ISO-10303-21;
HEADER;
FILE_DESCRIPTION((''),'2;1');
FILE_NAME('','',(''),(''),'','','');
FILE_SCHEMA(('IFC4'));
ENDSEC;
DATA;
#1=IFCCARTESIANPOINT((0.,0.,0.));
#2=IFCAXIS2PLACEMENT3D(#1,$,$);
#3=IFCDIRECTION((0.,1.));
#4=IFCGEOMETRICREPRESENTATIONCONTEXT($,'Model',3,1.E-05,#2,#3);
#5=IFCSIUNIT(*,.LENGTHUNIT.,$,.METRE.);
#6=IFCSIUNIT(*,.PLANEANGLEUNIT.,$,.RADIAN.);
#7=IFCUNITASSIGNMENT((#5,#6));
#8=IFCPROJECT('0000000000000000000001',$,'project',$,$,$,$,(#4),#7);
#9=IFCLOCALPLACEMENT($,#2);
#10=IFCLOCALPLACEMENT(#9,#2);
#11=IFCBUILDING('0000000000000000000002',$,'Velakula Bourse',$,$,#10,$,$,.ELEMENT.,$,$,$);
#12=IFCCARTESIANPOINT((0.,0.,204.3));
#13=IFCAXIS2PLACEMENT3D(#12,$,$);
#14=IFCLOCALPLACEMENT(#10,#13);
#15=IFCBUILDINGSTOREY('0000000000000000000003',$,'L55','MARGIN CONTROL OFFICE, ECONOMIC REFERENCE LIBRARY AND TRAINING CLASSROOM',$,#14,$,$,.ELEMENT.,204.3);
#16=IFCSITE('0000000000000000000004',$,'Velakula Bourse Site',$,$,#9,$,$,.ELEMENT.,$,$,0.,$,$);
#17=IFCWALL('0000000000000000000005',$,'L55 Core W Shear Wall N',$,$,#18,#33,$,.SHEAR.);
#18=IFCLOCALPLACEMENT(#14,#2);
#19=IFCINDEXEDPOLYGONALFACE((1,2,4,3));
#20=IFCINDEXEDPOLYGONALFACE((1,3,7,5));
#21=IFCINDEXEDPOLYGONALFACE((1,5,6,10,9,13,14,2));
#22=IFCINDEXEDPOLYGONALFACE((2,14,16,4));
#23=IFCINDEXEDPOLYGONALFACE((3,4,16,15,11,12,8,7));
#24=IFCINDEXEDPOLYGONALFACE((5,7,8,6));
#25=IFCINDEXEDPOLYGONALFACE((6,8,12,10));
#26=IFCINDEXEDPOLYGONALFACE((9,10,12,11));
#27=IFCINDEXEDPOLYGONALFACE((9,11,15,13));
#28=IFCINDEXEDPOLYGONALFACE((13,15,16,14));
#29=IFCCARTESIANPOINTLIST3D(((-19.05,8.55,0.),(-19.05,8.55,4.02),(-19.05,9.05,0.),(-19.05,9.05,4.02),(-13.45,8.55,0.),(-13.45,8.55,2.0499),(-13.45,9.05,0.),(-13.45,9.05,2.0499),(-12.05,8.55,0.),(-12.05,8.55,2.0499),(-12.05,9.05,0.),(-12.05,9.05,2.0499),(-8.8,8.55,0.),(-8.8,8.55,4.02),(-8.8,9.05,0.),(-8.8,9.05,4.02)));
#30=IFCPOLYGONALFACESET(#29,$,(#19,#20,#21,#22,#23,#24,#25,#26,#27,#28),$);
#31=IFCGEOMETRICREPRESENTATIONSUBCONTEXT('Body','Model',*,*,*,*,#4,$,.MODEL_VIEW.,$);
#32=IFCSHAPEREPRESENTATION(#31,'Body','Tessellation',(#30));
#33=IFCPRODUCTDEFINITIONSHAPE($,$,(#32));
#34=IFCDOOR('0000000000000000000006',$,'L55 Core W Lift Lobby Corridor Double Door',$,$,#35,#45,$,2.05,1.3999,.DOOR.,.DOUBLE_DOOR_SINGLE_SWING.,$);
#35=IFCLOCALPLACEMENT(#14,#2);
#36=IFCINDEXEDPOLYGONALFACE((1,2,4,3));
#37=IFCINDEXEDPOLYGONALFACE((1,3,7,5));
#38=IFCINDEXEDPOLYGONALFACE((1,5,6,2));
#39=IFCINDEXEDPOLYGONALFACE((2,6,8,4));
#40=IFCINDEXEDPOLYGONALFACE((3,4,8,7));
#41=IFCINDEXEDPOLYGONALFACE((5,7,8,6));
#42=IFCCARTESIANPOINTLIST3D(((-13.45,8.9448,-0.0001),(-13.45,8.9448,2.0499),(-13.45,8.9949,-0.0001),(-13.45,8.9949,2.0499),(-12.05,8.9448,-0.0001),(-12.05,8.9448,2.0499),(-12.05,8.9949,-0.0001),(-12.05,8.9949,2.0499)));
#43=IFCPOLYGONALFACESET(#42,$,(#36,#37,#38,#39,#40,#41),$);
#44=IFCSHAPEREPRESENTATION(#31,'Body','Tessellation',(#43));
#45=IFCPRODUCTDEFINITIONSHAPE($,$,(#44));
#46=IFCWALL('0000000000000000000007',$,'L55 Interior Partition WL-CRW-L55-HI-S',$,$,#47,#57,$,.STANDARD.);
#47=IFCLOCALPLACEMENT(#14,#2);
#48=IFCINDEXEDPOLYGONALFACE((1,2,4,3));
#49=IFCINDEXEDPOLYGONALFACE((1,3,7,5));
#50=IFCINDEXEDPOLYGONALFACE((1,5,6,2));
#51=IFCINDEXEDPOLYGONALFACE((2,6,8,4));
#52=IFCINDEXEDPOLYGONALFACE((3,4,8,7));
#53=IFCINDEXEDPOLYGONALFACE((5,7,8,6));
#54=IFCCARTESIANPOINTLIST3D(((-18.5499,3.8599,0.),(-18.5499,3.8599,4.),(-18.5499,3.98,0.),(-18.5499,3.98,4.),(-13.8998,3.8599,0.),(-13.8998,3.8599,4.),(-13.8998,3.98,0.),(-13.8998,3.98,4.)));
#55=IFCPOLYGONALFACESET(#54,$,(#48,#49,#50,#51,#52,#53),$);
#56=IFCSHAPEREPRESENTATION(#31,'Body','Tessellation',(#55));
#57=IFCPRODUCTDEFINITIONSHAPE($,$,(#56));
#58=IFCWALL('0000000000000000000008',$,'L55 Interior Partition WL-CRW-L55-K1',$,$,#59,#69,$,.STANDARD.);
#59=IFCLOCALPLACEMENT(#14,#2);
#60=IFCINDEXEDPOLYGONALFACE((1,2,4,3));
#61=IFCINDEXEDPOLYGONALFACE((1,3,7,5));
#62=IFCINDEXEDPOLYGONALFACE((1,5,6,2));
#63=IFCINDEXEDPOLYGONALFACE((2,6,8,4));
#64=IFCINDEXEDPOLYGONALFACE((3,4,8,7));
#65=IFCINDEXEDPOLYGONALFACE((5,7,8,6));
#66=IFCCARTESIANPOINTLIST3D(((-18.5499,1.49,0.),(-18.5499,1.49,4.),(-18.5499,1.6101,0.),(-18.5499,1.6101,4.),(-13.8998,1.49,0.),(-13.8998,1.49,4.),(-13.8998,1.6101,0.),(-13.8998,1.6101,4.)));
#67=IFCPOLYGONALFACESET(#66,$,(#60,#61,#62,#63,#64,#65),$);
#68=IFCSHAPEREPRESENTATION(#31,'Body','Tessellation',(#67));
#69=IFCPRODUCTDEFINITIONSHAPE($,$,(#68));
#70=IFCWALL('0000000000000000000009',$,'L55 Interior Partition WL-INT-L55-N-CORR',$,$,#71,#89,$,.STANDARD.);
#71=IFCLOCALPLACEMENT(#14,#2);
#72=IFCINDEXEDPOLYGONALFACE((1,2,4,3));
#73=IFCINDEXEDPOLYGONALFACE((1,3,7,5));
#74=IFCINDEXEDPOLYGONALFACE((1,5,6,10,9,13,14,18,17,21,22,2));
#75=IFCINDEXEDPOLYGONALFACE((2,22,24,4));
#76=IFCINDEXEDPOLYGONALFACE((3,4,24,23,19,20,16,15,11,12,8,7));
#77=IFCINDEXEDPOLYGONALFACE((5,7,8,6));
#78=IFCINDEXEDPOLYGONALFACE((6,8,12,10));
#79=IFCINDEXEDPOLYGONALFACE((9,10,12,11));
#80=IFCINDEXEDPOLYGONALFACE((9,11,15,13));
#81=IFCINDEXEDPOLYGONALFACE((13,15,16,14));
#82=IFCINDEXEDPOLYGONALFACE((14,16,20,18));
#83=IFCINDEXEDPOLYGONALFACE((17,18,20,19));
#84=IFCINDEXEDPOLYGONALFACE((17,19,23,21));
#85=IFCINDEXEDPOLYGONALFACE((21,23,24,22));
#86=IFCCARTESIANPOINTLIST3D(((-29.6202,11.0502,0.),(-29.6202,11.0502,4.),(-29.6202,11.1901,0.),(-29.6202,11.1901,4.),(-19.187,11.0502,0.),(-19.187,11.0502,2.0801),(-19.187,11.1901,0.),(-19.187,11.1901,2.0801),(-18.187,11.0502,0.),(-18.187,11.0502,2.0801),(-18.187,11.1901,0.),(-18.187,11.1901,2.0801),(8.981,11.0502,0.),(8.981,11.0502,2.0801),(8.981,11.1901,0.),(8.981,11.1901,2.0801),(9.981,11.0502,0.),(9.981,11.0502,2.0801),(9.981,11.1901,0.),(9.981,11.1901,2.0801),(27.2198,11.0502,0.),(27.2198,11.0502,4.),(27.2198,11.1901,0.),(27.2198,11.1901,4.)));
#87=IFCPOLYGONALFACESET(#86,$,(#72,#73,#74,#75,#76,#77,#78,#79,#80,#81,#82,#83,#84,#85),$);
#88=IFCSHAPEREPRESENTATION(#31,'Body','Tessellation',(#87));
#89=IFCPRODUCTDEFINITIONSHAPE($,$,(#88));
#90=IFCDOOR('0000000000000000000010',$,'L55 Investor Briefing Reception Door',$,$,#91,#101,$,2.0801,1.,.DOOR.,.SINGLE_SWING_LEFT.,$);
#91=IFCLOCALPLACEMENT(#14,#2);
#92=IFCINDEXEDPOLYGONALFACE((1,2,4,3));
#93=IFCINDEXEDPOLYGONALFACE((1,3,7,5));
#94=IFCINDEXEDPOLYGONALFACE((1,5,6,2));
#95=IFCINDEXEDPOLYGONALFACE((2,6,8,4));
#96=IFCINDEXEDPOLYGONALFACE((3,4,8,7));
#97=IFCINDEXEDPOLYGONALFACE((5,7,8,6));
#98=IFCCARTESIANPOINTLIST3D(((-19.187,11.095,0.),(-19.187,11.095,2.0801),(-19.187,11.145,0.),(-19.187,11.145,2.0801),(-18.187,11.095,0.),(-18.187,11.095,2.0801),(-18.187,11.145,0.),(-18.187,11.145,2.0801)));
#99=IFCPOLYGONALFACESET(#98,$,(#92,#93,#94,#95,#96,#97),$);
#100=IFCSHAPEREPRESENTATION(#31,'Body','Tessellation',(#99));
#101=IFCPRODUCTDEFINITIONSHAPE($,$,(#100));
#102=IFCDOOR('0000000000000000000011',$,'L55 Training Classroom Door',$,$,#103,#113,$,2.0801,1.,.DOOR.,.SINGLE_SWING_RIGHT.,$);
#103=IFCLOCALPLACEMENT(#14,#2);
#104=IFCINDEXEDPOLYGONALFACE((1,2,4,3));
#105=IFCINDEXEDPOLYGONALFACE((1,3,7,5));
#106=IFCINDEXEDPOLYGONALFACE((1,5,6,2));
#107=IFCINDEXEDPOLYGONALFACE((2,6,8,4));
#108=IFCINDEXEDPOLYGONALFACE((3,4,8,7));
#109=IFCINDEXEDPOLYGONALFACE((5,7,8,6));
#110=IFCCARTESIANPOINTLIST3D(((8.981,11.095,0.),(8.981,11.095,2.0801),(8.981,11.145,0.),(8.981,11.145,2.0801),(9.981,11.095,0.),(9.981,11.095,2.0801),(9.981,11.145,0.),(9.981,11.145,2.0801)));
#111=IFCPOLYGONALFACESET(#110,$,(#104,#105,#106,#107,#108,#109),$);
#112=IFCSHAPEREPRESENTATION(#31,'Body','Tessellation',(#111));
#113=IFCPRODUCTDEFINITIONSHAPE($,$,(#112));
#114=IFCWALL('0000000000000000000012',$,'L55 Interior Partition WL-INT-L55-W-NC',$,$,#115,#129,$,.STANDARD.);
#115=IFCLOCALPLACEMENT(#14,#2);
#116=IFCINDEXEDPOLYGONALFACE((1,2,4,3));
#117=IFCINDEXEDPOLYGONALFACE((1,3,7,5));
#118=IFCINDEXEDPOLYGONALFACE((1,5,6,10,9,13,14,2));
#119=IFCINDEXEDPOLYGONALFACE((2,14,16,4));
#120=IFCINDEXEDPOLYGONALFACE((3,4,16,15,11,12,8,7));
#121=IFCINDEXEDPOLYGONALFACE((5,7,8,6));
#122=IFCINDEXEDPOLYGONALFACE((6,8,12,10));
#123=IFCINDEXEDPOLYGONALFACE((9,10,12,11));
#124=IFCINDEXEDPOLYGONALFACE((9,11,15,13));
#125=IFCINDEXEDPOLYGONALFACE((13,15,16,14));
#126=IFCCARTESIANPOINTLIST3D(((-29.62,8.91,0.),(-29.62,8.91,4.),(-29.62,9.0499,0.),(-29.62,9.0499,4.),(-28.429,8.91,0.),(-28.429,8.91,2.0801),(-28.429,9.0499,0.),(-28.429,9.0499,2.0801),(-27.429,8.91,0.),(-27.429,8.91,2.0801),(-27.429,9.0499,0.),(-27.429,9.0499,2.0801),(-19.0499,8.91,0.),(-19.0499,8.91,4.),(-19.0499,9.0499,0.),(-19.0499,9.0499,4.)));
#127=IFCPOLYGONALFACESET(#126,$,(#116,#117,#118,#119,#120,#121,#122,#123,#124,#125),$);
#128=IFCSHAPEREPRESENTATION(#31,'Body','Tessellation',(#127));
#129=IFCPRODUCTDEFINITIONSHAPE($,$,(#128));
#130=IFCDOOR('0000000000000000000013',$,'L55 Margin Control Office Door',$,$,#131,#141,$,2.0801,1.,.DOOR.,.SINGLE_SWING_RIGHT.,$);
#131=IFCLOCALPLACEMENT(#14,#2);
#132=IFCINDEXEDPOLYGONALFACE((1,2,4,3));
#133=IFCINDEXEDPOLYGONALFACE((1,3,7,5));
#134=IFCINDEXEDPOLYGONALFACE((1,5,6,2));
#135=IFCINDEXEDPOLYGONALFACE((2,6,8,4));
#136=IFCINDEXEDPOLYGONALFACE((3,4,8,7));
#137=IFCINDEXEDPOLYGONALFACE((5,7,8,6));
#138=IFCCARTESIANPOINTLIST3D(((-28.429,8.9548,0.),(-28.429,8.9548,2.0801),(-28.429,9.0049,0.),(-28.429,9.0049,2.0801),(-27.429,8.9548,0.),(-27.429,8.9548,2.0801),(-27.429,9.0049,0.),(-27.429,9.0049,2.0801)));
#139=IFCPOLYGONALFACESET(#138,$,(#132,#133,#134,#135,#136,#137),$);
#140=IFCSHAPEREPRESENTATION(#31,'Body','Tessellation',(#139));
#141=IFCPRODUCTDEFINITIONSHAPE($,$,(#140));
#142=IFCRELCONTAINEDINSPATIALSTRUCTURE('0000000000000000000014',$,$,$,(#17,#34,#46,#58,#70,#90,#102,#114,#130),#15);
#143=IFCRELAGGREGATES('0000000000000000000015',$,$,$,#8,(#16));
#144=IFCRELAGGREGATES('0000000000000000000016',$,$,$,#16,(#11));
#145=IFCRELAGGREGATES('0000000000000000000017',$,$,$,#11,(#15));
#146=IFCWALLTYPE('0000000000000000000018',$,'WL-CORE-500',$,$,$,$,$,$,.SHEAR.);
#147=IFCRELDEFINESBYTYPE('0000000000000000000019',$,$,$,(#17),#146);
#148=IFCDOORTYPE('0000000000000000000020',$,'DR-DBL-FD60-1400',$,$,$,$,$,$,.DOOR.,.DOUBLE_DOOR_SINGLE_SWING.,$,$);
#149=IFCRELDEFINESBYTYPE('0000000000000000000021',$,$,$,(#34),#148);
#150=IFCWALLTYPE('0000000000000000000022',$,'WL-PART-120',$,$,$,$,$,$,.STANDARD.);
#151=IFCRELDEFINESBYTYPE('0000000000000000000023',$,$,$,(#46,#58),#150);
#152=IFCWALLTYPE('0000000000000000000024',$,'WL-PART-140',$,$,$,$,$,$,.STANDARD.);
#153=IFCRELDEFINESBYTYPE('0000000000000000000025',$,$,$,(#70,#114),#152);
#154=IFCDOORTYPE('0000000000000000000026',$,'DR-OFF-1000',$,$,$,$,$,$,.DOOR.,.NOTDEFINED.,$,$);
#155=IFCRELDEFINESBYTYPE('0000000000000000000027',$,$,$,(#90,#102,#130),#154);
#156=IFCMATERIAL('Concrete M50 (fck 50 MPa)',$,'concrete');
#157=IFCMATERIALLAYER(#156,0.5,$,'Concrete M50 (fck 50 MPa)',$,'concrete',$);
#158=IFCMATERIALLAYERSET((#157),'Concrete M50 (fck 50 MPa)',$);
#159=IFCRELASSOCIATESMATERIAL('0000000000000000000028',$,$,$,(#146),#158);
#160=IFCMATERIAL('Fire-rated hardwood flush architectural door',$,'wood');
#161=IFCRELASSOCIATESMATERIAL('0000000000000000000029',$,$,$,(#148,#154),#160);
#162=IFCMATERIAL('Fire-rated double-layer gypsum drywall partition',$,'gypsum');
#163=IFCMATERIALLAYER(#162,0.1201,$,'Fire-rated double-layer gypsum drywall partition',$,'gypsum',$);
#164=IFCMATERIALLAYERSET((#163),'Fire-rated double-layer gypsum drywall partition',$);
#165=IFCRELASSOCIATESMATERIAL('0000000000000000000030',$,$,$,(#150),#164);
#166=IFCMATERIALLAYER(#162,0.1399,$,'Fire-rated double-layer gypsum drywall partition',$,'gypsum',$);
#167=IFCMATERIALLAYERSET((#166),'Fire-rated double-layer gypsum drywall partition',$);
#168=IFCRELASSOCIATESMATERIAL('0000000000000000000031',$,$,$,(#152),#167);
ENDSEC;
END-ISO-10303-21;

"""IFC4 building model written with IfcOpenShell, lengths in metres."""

from ifc_helpers import new_model, si_unit, direction, frame, frame_2d, origin, place, context, subcontext, project, spatial, rectangle, extrude, material, layer, layer_set, type_object, element, fill, save


model = new_model("IFC4")

# Units and contexts
model_context = context("Model", 3, precision=1e-05, world=origin(), true_north=direction((0.0, 1.0)))
body_context = subcontext(model_context, "Body", "Model", "MODEL_VIEW")
ifc_project = project(units=[si_unit("LENGTHUNIT", "METRE"), si_unit("PLANEANGLEUNIT", "RADIAN")], contexts=[model_context])

# Site, building, storey
site_placement = place(None, origin())
site = spatial("IfcSite", under=ifc_project, at=site_placement, Name="Velakula Bourse Site", CompositionType="ELEMENT", RefElevation=0.0)
building_placement = place(site_placement, origin())
building = spatial("IfcBuilding", under=site, at=building_placement, Name="Velakula Bourse", CompositionType="ELEMENT")
storey_placement = place(building_placement, frame((0.0, 0.0, 204.3)))
storey = spatial("IfcBuildingStorey", under=building, at=storey_placement, Name="L55", Description="MARGIN CONTROL OFFICE, ECONOMIC REFERENCE LIBRARY AND TRAINING CLASSROOM", CompositionType="ELEMENT", Elevation=204.3)

# Shared definitions
ifc_material_1 = material(Name="Concrete M50 (fck 50 MPa)", Category="concrete")

# Wall, opening, door
ifc_layer_1 = layer(ifc_material_1, 0.5, Name="Concrete M50 (fck 50 MPa)", Category="concrete")
ifc_layer_set_1 = layer_set([ifc_layer_1], Name="Concrete M50 (fck 50 MPa)")
wall_type_1 = type_object("IfcWallType", Name="WL-CORE-500", PredefinedType="SHEAR", material=ifc_layer_set_1)
wall_1_placement = place(storey_placement, frame((-19.05, 8.8, 0.0), z_axis=(0.0, 0.0, 1.0), x_axis=(1.0, 0.0, 0.0)))
wall_1 = element("IfcWall", 1, at=wall_1_placement, inside=storey, type_object=wall_type_1, Name="L55 Core W Shear Wall N", PredefinedType="SHEAR", context=body_context, shape_type="SweptSolid", body=[
    extrude(rectangle(XDim=10.25, YDim=0.5, at=frame_2d((5.125, 0.0))), origin(), (0.0, 0.0, 1.0), 4.02),
])
opening_1_placement = place(wall_1_placement, frame((5.6001, 0.0, 0.0)))
opening_1 = element("IfcOpeningElement", 2, at=opening_1_placement, cuts=wall_1, PredefinedType="OPENING", context=body_context, shape_type="SweptSolid", body=[
    extrude(rectangle(XDim=1.3999, YDim=2.05, at=frame_2d((0.7, 1.0249))), frame((0.0, 0.26, 0.0), z_axis=(0.0, -1.0, 0.0), x_axis=(1.0, 0.0, 0.0)), (0.0, 0.0, 1.0), 0.52),
])
ifc_material_2 = material(Name="Fire-rated hardwood flush architectural door", Category="wood")
door_type_1 = type_object("IfcDoorType", Name="DR-DBL-FD60-1400", OperationType="DOUBLE_DOOR_SINGLE_SWING", PredefinedType="DOOR", material=ifc_material_2)
door_1_placement = place(opening_1_placement, origin())
door_1 = element("IfcDoor", 3, at=door_1_placement, inside=storey, type_object=door_type_1, Name="L55 Core W Lift Lobby Corridor Double Door", OperationType="DOUBLE_DOOR_SINGLE_SWING", OverallHeight=2.05, OverallWidth=1.3999, PredefinedType="DOOR", context=body_context, shape_type="SweptSolid", body=[
    extrude(rectangle(XDim=1.3999, YDim=2.05, at=frame_2d((0.7, 1.0249))), frame((0.0, 0.1948, 0.0), z_axis=(0.0, -1.0, 0.0), x_axis=(1.0, 0.0, 0.0)), (0.0, 0.0, 1.0), 0.05),
])
fill(opening_1, door_1)

# Walls
ifc_material_3 = material(Name="Fire-rated double-layer gypsum drywall partition", Category="gypsum")
ifc_layer_2 = layer(ifc_material_3, 0.1201, Name="Fire-rated double-layer gypsum drywall partition", Category="gypsum")
ifc_layer_set_2 = layer_set([ifc_layer_2], Name="Fire-rated double-layer gypsum drywall partition")
wall_type_2 = type_object("IfcWallType", Name="WL-PART-120", PredefinedType="STANDARD", material=ifc_layer_set_2)
for number, where, z_axis, x_axis, name in (
    (4, (-18.55, 3.9199, 0.0), (0.0, 0.0, 1.0), (1.0, 0.0, 0.0), "L55 Interior Partition WL-CRW-L55-HI-S"),
    (5, (-18.55, 1.55, 0.0), (0.0, 0.0, 1.0), (1.0, 0.0, 0.0), "L55 Interior Partition WL-CRW-L55-K1"),
):
    element("IfcWall", number, at=place(storey_placement, frame(where, z_axis=z_axis, x_axis=x_axis)), inside=storey, type_object=wall_type_2, Name=name, PredefinedType="STANDARD", context=body_context, shape_type="SweptSolid", body=[
        extrude(rectangle(XDim=4.6501, YDim=0.1201, at=frame_2d((2.3252, 0.0))), origin(), (0.0, 0.0, 1.0), 4.0),
    ])

# Wall, openings, doors
ifc_layer_3 = layer(ifc_material_3, 0.1399, Name="Fire-rated double-layer gypsum drywall partition", Category="gypsum")
ifc_layer_set_3 = layer_set([ifc_layer_3], Name="Fire-rated double-layer gypsum drywall partition")
wall_type_3 = type_object("IfcWallType", Name="WL-PART-140", PredefinedType="STANDARD", material=ifc_layer_set_3)
wall_2_placement = place(storey_placement, frame((-29.6201, 11.1201, 0.0), z_axis=(0.0, 0.0, 1.0), x_axis=(1.0, 0.0, 0.0)))
wall_2 = element("IfcWall", 6, at=wall_2_placement, inside=storey, type_object=wall_type_3, Name="L55 Interior Partition WL-INT-L55-N-CORR", PredefinedType="STANDARD", context=body_context, shape_type="SweptSolid", body=[
    extrude(rectangle(XDim=56.8401, YDim=0.1399, at=frame_2d((28.4199, 0.0))), origin(), (0.0, 0.0, 1.0), 4.0),
])
opening_2_placement = place(wall_2_placement, frame((10.4331, 0.0, 0.0)))
opening_2 = element("IfcOpeningElement", 7, at=opening_2_placement, cuts=wall_2, PredefinedType="OPENING", context=body_context, shape_type="SweptSolid", body=[
    extrude(rectangle(XDim=1.0, YDim=2.0801, at=frame_2d((0.5, 1.04))), frame((0.0, 0.0798, 0.0), z_axis=(0.0, -1.0, 0.0), x_axis=(1.0, 0.0, 0.0)), (0.0, 0.0, 1.0), 0.1599),
])
opening_3_placement = place(wall_2_placement, frame((38.6011, 0.0, 0.0)))
opening_3 = element("IfcOpeningElement", 8, at=opening_3_placement, cuts=wall_2, PredefinedType="OPENING", context=body_context, shape_type="SweptSolid", body=[
    extrude(rectangle(XDim=1.0, YDim=2.0801, at=frame_2d((0.5, 1.04))), frame((0.0, 0.0798, 0.0), z_axis=(0.0, -1.0, 0.0), x_axis=(1.0, 0.0, 0.0)), (0.0, 0.0, 1.0), 0.1599),
])
door_type_2 = type_object("IfcDoorType", Name="DR-OFF-1000", OperationType="NOTDEFINED", PredefinedType="DOOR", material=ifc_material_2)
door_2_placement = place(opening_2_placement, origin())
door_2 = element("IfcDoor", 9, at=door_2_placement, inside=storey, type_object=door_type_2, Name="L55 Investor Briefing Reception Door", OperationType="SINGLE_SWING_LEFT", OverallHeight=2.0801, OverallWidth=1.0, PredefinedType="DOOR", context=body_context, shape_type="SweptSolid", body=[
    extrude(rectangle(XDim=1.0, YDim=2.0801, at=frame_2d((0.5, 1.04))), frame((0.0, 0.0249, 0.0), z_axis=(0.0, -1.0, 0.0), x_axis=(1.0, 0.0, 0.0)), (0.0, 0.0, 1.0), 0.05),
])
fill(opening_2, door_2)
door_3_placement = place(opening_3_placement, origin())
door_3 = element("IfcDoor", 10, at=door_3_placement, inside=storey, type_object=door_type_2, Name="L55 Training Classroom Door", OperationType="SINGLE_SWING_RIGHT", OverallHeight=2.0801, OverallWidth=1.0, PredefinedType="DOOR", context=body_context, shape_type="SweptSolid", body=[
    extrude(rectangle(XDim=1.0, YDim=2.0801, at=frame_2d((0.5, 1.04))), frame((0.0, 0.0249, 0.0), z_axis=(0.0, -1.0, 0.0), x_axis=(1.0, 0.0, 0.0)), (0.0, 0.0, 1.0), 0.05),
])
fill(opening_3, door_3)

# Wall, opening, door
wall_3_placement = place(storey_placement, frame((-29.6201, 8.98, 0.0), z_axis=(0.0, 0.0, 1.0), x_axis=(1.0, 0.0, 0.0)))
wall_3 = element("IfcWall", 11, at=wall_3_placement, inside=storey, type_object=wall_type_3, Name="L55 Interior Partition WL-INT-L55-W-NC", PredefinedType="STANDARD", context=body_context, shape_type="SweptSolid", body=[
    extrude(rectangle(XDim=10.5701, YDim=0.1399, at=frame_2d((5.2852, 0.0))), origin(), (0.0, 0.0, 1.0), 4.0),
])
opening_4_placement = place(wall_3_placement, frame((1.1912, 0.0, 0.0)))
opening_4 = element("IfcOpeningElement", 12, at=opening_4_placement, cuts=wall_3, PredefinedType="OPENING", context=body_context, shape_type="SweptSolid", body=[
    extrude(rectangle(XDim=1.0, YDim=2.0801, at=frame_2d((0.5, 1.04))), frame((0.0, 0.0798, 0.0), z_axis=(0.0, -1.0, 0.0), x_axis=(1.0, 0.0, 0.0)), (0.0, 0.0, 1.0), 0.1599),
])
door_4_placement = place(opening_4_placement, origin())
door_4 = element("IfcDoor", 13, at=door_4_placement, inside=storey, type_object=door_type_2, Name="L55 Margin Control Office Door", OperationType="SINGLE_SWING_RIGHT", OverallHeight=2.0801, OverallWidth=1.0, PredefinedType="DOOR", context=body_context, shape_type="SweptSolid", body=[
    extrude(rectangle(XDim=1.0, YDim=2.0801, at=frame_2d((0.5, 1.04))), frame((0.0, 0.0249, 0.0), z_axis=(0.0, -1.0, 0.0), x_axis=(1.0, 0.0, 0.0)), (0.0, 0.0, 1.0), 0.05),
])
fill(opening_4, door_4)

save(model, "model.ifc")
